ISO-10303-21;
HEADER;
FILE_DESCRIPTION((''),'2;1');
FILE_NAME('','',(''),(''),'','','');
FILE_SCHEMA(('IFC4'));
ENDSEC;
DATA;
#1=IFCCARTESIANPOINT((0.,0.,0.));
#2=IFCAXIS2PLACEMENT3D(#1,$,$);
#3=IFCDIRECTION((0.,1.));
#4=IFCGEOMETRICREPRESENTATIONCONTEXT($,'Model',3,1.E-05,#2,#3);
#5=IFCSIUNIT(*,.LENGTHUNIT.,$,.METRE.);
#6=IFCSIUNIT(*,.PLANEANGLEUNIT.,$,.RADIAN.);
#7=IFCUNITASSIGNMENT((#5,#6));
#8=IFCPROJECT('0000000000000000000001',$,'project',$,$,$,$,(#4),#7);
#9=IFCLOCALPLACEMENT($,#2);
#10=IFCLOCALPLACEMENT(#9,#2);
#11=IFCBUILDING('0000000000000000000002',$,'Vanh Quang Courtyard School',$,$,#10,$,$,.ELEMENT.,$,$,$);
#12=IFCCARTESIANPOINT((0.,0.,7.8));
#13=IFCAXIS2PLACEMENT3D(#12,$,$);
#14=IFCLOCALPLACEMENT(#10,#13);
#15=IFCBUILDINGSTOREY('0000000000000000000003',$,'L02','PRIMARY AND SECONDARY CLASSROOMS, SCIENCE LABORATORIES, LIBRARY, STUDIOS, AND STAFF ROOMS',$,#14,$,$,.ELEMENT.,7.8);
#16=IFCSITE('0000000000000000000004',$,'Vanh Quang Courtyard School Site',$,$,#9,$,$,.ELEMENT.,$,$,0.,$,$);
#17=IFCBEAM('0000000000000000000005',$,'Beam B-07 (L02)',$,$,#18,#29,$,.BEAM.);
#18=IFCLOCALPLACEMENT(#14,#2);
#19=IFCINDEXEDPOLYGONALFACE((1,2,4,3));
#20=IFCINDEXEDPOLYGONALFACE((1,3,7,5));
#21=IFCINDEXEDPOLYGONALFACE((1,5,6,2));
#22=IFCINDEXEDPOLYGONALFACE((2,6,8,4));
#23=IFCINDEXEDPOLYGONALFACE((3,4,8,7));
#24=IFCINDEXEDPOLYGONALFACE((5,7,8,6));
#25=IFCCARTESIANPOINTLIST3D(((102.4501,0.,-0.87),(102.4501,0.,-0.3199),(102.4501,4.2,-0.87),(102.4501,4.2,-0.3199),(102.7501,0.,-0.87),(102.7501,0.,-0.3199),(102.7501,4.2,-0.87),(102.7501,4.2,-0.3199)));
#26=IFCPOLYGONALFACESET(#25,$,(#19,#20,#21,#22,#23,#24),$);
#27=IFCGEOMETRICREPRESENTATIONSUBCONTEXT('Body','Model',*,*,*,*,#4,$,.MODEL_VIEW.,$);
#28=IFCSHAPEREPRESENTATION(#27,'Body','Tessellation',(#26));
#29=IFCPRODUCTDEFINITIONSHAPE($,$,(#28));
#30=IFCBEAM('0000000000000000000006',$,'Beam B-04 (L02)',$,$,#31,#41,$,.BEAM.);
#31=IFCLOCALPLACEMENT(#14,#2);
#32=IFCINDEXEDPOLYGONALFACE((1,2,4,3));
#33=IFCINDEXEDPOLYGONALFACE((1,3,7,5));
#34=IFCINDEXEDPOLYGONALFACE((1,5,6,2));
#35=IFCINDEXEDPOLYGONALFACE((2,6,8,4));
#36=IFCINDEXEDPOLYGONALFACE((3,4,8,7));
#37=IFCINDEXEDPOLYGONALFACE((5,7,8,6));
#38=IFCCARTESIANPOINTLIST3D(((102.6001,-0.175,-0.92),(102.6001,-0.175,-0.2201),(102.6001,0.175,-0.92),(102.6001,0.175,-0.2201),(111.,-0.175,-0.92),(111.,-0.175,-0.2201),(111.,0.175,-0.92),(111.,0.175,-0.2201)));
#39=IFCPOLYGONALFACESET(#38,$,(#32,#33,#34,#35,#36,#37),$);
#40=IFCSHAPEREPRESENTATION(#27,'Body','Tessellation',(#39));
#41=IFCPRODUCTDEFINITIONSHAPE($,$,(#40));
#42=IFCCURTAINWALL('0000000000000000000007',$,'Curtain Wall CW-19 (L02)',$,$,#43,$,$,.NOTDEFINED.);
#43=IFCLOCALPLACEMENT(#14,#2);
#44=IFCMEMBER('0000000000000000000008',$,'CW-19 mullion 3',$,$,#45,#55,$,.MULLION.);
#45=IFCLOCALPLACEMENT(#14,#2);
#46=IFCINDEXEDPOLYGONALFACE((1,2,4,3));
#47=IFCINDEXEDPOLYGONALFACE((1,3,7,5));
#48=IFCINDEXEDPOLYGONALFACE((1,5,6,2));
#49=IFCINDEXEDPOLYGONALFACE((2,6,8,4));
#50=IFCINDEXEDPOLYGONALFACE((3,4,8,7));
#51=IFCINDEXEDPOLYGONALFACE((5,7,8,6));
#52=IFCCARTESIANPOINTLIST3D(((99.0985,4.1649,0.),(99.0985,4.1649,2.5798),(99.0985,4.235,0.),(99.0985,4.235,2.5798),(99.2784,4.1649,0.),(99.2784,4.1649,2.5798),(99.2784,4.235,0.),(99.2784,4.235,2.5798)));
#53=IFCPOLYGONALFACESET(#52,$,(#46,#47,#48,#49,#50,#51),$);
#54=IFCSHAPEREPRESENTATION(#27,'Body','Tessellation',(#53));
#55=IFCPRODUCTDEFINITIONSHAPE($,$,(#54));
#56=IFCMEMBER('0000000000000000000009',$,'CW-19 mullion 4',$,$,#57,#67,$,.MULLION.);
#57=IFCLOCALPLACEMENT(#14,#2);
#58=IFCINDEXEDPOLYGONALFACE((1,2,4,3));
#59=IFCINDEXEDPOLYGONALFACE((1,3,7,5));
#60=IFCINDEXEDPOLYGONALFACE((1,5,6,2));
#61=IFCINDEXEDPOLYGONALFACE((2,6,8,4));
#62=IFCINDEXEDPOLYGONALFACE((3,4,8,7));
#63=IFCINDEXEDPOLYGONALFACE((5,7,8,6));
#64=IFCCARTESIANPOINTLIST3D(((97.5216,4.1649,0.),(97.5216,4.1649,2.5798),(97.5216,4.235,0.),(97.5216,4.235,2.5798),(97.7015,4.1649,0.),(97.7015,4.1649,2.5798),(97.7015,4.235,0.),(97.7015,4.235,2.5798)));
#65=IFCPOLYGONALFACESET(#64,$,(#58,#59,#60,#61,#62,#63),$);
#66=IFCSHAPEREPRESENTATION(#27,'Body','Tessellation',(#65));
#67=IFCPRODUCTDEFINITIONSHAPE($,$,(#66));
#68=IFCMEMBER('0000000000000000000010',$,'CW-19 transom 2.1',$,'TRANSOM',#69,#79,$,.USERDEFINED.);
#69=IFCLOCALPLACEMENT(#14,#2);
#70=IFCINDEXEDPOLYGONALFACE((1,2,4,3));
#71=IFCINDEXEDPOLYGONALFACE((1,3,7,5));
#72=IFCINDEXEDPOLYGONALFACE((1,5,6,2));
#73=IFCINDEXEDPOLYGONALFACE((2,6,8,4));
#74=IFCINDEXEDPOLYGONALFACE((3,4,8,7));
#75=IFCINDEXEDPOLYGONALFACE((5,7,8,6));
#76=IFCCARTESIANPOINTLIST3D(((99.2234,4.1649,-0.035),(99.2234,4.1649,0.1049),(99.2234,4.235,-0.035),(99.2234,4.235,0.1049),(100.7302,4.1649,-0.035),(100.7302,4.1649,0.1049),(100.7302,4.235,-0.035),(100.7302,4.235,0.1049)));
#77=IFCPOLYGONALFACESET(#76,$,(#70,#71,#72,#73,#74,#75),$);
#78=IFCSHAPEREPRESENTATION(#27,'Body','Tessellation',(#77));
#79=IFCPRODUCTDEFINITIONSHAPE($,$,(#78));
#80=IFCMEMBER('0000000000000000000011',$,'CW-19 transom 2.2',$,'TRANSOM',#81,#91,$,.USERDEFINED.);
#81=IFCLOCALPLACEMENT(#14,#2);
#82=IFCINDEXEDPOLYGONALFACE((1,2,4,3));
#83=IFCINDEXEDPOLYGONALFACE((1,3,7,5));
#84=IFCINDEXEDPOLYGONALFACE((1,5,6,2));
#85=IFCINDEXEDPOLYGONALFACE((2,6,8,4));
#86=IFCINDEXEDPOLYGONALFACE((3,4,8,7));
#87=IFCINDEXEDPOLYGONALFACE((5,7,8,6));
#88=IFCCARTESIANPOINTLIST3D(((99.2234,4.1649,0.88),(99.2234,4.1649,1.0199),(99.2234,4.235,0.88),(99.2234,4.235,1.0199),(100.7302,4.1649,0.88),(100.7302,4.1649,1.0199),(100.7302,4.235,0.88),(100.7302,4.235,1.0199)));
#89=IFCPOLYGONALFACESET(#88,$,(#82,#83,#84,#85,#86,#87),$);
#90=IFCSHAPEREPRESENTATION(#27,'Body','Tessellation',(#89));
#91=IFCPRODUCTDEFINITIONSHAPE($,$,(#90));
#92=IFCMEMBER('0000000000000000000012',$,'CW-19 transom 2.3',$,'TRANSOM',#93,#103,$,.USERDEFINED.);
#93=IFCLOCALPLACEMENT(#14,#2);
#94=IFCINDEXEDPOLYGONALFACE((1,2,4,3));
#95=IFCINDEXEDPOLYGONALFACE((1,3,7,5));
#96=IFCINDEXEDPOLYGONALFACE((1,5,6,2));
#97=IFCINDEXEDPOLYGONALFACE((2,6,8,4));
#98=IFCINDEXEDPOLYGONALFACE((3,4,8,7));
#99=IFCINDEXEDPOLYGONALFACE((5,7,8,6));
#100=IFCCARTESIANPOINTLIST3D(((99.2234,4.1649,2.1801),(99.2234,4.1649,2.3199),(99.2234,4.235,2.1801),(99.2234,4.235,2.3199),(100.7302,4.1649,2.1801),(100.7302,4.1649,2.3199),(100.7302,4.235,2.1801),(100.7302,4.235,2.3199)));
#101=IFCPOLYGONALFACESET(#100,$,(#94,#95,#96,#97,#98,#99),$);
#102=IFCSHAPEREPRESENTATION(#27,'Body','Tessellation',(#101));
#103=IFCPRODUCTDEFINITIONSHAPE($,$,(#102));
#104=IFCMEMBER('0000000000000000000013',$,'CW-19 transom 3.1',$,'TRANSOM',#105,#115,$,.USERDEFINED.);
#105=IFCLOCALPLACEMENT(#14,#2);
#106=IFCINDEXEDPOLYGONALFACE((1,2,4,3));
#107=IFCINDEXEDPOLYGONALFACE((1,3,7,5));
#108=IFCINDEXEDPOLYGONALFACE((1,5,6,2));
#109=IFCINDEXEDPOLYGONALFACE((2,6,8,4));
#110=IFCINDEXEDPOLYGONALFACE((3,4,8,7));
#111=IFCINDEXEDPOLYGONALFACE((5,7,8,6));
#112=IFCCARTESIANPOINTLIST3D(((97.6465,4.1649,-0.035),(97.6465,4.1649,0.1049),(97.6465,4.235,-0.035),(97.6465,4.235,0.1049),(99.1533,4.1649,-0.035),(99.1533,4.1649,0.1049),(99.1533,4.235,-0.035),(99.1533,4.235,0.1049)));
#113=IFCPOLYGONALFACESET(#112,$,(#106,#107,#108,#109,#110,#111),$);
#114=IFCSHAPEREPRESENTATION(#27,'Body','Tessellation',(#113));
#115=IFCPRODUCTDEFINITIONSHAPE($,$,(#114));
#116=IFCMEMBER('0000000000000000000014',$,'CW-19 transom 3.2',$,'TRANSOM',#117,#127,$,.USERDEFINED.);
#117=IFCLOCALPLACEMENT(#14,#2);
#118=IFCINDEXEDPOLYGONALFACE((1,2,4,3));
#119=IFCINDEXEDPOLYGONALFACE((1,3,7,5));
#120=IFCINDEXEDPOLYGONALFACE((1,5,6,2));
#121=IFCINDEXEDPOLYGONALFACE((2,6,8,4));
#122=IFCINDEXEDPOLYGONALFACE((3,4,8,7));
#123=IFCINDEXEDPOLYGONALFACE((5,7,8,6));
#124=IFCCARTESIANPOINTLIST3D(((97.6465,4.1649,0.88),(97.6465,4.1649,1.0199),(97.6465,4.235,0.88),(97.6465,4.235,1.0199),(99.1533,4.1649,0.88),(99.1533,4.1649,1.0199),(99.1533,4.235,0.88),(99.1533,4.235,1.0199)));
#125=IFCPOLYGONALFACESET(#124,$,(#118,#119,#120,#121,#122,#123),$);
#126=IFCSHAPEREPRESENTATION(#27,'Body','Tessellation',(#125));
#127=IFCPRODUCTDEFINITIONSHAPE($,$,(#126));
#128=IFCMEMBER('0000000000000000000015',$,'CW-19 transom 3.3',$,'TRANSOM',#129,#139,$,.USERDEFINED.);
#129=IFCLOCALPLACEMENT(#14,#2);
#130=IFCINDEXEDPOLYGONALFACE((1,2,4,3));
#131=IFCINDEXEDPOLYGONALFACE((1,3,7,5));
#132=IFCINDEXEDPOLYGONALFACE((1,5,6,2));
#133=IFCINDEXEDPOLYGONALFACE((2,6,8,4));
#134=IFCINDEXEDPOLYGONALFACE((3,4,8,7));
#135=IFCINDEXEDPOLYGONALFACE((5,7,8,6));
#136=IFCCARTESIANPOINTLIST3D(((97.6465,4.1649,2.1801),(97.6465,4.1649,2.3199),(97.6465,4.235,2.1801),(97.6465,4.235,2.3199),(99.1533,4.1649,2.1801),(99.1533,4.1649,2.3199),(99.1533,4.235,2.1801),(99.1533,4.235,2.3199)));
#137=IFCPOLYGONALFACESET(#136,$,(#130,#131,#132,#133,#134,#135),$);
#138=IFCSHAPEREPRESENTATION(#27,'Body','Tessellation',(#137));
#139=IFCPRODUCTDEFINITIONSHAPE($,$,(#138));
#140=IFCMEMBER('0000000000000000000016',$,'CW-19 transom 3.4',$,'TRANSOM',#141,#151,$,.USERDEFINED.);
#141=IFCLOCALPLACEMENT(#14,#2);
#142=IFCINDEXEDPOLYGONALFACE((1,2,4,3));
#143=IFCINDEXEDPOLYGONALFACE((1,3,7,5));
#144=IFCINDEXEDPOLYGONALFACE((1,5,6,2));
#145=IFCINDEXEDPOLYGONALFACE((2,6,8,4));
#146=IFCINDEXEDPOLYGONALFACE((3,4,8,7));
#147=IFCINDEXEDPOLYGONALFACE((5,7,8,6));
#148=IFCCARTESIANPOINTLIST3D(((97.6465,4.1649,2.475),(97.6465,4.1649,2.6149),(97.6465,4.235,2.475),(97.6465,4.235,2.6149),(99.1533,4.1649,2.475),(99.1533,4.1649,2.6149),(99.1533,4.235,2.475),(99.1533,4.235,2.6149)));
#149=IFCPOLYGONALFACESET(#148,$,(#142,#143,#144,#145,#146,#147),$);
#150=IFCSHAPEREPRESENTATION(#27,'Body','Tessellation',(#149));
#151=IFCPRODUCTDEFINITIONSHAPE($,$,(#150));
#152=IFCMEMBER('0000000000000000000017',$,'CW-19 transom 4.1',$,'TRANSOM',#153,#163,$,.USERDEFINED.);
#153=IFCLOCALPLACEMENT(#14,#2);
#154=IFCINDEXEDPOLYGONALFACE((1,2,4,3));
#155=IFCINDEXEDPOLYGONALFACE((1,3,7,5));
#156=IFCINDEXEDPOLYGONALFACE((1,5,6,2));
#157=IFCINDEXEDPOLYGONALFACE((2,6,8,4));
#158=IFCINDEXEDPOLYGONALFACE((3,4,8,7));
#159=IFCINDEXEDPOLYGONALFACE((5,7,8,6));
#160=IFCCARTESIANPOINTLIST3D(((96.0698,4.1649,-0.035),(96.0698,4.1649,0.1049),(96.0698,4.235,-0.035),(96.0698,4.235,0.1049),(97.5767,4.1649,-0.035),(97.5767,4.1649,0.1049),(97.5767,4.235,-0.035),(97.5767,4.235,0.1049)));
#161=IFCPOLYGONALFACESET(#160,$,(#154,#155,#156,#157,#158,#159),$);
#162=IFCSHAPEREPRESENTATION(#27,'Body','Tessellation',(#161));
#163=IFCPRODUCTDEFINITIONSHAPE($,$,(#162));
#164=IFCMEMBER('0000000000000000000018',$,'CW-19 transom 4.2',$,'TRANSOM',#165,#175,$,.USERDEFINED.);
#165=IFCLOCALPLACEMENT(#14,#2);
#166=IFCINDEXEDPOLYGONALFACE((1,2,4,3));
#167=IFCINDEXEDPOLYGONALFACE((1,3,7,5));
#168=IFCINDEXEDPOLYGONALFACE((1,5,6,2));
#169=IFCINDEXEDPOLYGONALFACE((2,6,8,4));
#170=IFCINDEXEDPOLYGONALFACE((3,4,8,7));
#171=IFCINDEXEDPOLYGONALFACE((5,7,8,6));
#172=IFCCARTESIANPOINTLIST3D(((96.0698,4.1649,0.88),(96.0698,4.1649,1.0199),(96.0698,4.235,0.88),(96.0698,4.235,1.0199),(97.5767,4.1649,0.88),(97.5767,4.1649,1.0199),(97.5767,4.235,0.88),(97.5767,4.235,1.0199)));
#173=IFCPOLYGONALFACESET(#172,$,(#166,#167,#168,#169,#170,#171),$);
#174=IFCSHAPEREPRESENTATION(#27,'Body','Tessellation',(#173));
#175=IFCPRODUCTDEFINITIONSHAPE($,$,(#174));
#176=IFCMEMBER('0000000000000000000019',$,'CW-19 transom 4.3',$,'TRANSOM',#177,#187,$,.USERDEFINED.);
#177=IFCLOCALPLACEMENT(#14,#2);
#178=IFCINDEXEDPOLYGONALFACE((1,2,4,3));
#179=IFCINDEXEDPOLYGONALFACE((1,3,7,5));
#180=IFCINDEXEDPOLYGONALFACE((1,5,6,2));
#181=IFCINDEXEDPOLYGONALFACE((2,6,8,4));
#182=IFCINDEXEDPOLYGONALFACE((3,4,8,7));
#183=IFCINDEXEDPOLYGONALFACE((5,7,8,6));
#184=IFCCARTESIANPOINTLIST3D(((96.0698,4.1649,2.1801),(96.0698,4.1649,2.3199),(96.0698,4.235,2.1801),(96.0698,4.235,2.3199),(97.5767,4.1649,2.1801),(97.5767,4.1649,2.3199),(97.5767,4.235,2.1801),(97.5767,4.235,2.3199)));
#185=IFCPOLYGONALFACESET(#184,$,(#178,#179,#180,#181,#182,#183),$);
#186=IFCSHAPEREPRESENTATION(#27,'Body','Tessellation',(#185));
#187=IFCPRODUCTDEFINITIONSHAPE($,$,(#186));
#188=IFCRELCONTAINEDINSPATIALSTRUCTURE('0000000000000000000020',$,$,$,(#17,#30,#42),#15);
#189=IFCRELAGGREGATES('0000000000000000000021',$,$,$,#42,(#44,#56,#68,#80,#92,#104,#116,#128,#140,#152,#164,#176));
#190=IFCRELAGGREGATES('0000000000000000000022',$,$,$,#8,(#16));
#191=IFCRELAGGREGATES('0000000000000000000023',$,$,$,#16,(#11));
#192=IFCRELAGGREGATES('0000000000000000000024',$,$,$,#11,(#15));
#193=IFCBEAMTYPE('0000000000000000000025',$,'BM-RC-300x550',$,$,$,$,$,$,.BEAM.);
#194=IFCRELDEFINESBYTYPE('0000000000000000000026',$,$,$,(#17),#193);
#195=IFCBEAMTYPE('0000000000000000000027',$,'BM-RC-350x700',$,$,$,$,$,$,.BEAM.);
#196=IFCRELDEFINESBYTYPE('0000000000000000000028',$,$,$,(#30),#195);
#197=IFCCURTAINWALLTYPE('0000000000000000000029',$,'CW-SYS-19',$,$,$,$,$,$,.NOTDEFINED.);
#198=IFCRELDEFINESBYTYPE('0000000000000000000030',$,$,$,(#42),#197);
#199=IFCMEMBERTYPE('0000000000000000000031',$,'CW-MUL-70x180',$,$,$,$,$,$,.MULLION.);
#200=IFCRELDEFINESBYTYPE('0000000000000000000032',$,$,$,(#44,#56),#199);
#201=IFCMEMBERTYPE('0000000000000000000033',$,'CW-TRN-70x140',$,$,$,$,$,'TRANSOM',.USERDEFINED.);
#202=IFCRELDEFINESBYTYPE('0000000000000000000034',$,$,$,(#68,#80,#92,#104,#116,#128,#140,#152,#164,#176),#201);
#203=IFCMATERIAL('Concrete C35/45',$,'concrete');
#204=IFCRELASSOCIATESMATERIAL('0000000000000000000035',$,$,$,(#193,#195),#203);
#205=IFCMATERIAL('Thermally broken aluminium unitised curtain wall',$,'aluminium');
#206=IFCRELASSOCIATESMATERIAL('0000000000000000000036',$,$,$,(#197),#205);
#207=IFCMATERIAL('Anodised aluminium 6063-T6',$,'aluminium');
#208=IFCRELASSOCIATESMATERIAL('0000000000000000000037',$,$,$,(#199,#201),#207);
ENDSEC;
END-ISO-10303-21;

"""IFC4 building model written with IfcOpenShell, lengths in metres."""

from ifc_helpers import new_model, si_unit, direction, frame, origin, origin_2d, place, context, subcontext, project, spatial, rectangle, extrude, material, material_profile, profile_set, type_object, element, aggregate, save


model = new_model("IFC4")

# Units and contexts
model_context = context("Model", 3, precision=1e-05, world=origin(), true_north=direction((0.0, 1.0)))
body_context = subcontext(model_context, "Body", "Model", "MODEL_VIEW")
ifc_project = project(units=[si_unit("LENGTHUNIT", "METRE"), si_unit("PLANEANGLEUNIT", "RADIAN")], contexts=[model_context])

# Site, building, storey
site_placement = place(None, origin())
site = spatial("IfcSite", under=ifc_project, at=site_placement, Name="Vanh Quang Courtyard School Site", CompositionType="ELEMENT", RefElevation=0.0)
building_placement = place(site_placement, origin())
building = spatial("IfcBuilding", under=site, at=building_placement, Name="Vanh Quang Courtyard School", CompositionType="ELEMENT")
storey_placement = place(building_placement, frame((0.0, 0.0, 7.8)))
storey = spatial("IfcBuildingStorey", under=building, at=storey_placement, Name="L02", Description="PRIMARY AND SECONDARY CLASSROOMS, SCIENCE LABORATORIES, LIBRARY, STUDIOS, AND STAFF ROOMS", CompositionType="ELEMENT", Elevation=7.8)

# Beams
ifc_material_1 = material(Name="Concrete C35/45", Category="concrete")
ifc_material_profile_1 = material_profile(ifc_material_1, rectangle(XDim=0.3, YDim=0.55, at=origin_2d()), Name="RC-BM 300x550")
ifc_profile_set_1 = profile_set([ifc_material_profile_1], Name="Concrete C35/45")
beam_type_1 = type_object("IfcBeamType", Name="BM-RC-300x550", PredefinedType="BEAM", material=ifc_profile_set_1)
beam_1_placement = place(storey_placement, frame((102.6001, 0.0, -0.595), z_axis=(0.0, 1.0, 0.0), x_axis=(-1.0, 0.0, 0.0)))
element("IfcBeam", 1, at=beam_1_placement, inside=storey, type_object=beam_type_1, Name="Beam B-07 (L02)", PredefinedType="BEAM", context=body_context, shape_type="SweptSolid", body=[
    extrude(rectangle(XDim=0.3, YDim=0.55, at=origin_2d()), origin(), (0.0, 0.0, 1.0), 4.2),
])
ifc_material_profile_2 = material_profile(ifc_material_1, rectangle(XDim=0.3501, YDim=0.7, at=origin_2d()), Name="RC-BM 350x700")
ifc_profile_set_2 = profile_set([ifc_material_profile_2], Name="Concrete C35/45")
beam_type_2 = type_object("IfcBeamType", Name="BM-RC-350x700", PredefinedType="BEAM", material=ifc_profile_set_2)
beam_2_placement = place(storey_placement, frame((102.6001, 0.0, -0.5701), z_axis=(1.0, 0.0, 0.0), x_axis=(0.0, 1.0, 0.0)))
element("IfcBeam", 2, at=beam_2_placement, inside=storey, type_object=beam_type_2, Name="Beam B-04 (L02)", PredefinedType="BEAM", context=body_context, shape_type="SweptSolid", body=[
    extrude(rectangle(XDim=0.3501, YDim=0.7, at=origin_2d()), origin(), (0.0, 0.0, 1.0), 8.3999),
])

# Curtain wall, members
ifc_material_2 = material(Name="Thermally broken aluminium unitised curtain wall", Category="aluminium")
curtain_wall_type = type_object("IfcCurtainWallType", Name="CW-SYS-19", PredefinedType="NOTDEFINED", material=ifc_material_2)
curtain_wall_placement = place(storey_placement, origin())
curtain_wall = element("IfcCurtainWall", 3, at=curtain_wall_placement, inside=storey, type_object=curtain_wall_type, Name="Curtain Wall CW-19 (L02)", PredefinedType="NOTDEFINED")
ifc_material_3 = material(Name="Anodised aluminium 6063-T6", Category="aluminium")
ifc_material_profile_3 = material_profile(ifc_material_3, rectangle(XDim=0.0701, YDim=0.1799, at=origin_2d()), Name="ALU-MUL 70x180")
ifc_profile_set_3 = profile_set([ifc_material_profile_3], Name="Anodised aluminium 6063-T6")
member_type_1 = type_object("IfcMemberType", Name="CW-MUL-70x180", PredefinedType="MULLION", material=ifc_profile_set_3)
member_1_placement = place(storey_placement, frame((99.1885, 4.2, 0.0), z_axis=(0.0, 0.0, 1.0), x_axis=(0.0, -1.0, 0.0)))
member_1 = element("IfcMember", 4, at=member_1_placement, type_object=member_type_1, Name="CW-19 mullion 3", PredefinedType="MULLION", context=body_context, shape_type="SweptSolid", body=[
    extrude(rectangle(XDim=0.0701, YDim=0.1799, at=origin_2d()), origin(), (0.0, 0.0, 1.0), 2.5798),
])
member_2_placement = place(storey_placement, frame((97.6116, 4.2, 0.0), z_axis=(0.0, 0.0, 1.0), x_axis=(0.0, -1.0, 0.0)))
member_2 = element("IfcMember", 5, at=member_2_placement, type_object=member_type_1, Name="CW-19 mullion 4", PredefinedType="MULLION", context=body_context, shape_type="SweptSolid", body=[
    extrude(rectangle(XDim=0.0701, YDim=0.1799, at=origin_2d()), origin(), (0.0, 0.0, 1.0), 2.5798),
])
ifc_material_profile_4 = material_profile(ifc_material_3, rectangle(XDim=0.0701, YDim=0.1399, at=origin_2d()), Name="ALU-TRN 70x140")
ifc_profile_set_4 = profile_set([ifc_material_profile_4], Name="Anodised aluminium 6063-T6")
member_type_2 = type_object("IfcMemberType", Name="CW-TRN-70x140", ElementType="TRANSOM", PredefinedType="USERDEFINED", material=ifc_profile_set_4)
member_3_placement = place(storey_placement, frame((100.7302, 4.2, 0.0349), z_axis=(-1.0, 0.0, 0.0), x_axis=(0.0, -1.0, 0.0)))
member_3 = element("IfcMember", 6, at=member_3_placement, type_object=member_type_2, Name="CW-19 transom 2.1", ObjectType="TRANSOM", PredefinedType="USERDEFINED", context=body_context, shape_type="SweptSolid", body=[
    extrude(rectangle(XDim=0.0701, YDim=0.1399, at=origin_2d()), origin(), (0.0, 0.0, 1.0), 1.5068),
])
member_4_placement = place(storey_placement, frame((100.7302, 4.2, 0.95), z_axis=(-1.0, 0.0, 0.0), x_axis=(0.0, -1.0, 0.0)))
member_4 = element("IfcMember", 7, at=member_4_placement, type_object=member_type_2, Name="CW-19 transom 2.2", ObjectType="TRANSOM", PredefinedType="USERDEFINED", context=body_context, shape_type="SweptSolid", body=[
    extrude(rectangle(XDim=0.0701, YDim=0.1399, at=origin_2d()), origin(), (0.0, 0.0, 1.0), 1.5068),
])
member_5_placement = place(storey_placement, frame((100.7302, 4.2, 2.25), z_axis=(-1.0, 0.0, 0.0), x_axis=(0.0, -1.0, 0.0)))
member_5 = element("IfcMember", 8, at=member_5_placement, type_object=member_type_2, Name="CW-19 transom 2.3", ObjectType="TRANSOM", PredefinedType="USERDEFINED", context=body_context, shape_type="SweptSolid", body=[
    extrude(rectangle(XDim=0.0701, YDim=0.1399, at=origin_2d()), origin(), (0.0, 0.0, 1.0), 1.5068),
])
member_6_placement = place(storey_placement, frame((99.1533, 4.2, 0.0349), z_axis=(-1.0, 0.0, 0.0), x_axis=(0.0, -1.0, 0.0)))
member_6 = element("IfcMember", 9, at=member_6_placement, type_object=member_type_2, Name="CW-19 transom 3.1", ObjectType="TRANSOM", PredefinedType="USERDEFINED", context=body_context, shape_type="SweptSolid", body=[
    extrude(rectangle(XDim=0.0701, YDim=0.1399, at=origin_2d()), origin(), (0.0, 0.0, 1.0), 1.5068),
])
member_7_placement = place(storey_placement, frame((99.1533, 4.2, 0.95), z_axis=(-1.0, 0.0, 0.0), x_axis=(0.0, -1.0, 0.0)))
member_7 = element("IfcMember", 10, at=member_7_placement, type_object=member_type_2, Name="CW-19 transom 3.2", ObjectType="TRANSOM", PredefinedType="USERDEFINED", context=body_context, shape_type="SweptSolid", body=[
    extrude(rectangle(XDim=0.0701, YDim=0.1399, at=origin_2d()), origin(), (0.0, 0.0, 1.0), 1.5068),
])
member_8_placement = place(storey_placement, frame((99.1533, 4.2, 2.25), z_axis=(-1.0, 0.0, 0.0), x_axis=(0.0, -1.0, 0.0)))
member_8 = element("IfcMember", 11, at=member_8_placement, type_object=member_type_2, Name="CW-19 transom 3.3", ObjectType="TRANSOM", PredefinedType="USERDEFINED", context=body_context, shape_type="SweptSolid", body=[
    extrude(rectangle(XDim=0.0701, YDim=0.1399, at=origin_2d()), origin(), (0.0, 0.0, 1.0), 1.5068),
])
member_9_placement = place(storey_placement, frame((99.1533, 4.2, 2.5449), z_axis=(-1.0, 0.0, 0.0), x_axis=(0.0, -1.0, 0.0)))
member_9 = element("IfcMember", 12, at=member_9_placement, type_object=member_type_2, Name="CW-19 transom 3.4", ObjectType="TRANSOM", PredefinedType="USERDEFINED", context=body_context, shape_type="SweptSolid", body=[
    extrude(rectangle(XDim=0.0701, YDim=0.1399, at=origin_2d()), origin(), (0.0, 0.0, 1.0), 1.5068),
])
member_10_placement = place(storey_placement, frame((97.5767, 4.2, 0.0349), z_axis=(-1.0, 0.0, 0.0), x_axis=(0.0, -1.0, 0.0)))
member_10 = element("IfcMember", 13, at=member_10_placement, type_object=member_type_2, Name="CW-19 transom 4.1", ObjectType="TRANSOM", PredefinedType="USERDEFINED", context=body_context, shape_type="SweptSolid", body=[
    extrude(rectangle(XDim=0.0701, YDim=0.1399, at=origin_2d()), origin(), (0.0, 0.0, 1.0), 1.5068),
])
member_11_placement = place(storey_placement, frame((97.5767, 4.2, 0.95), z_axis=(-1.0, 0.0, 0.0), x_axis=(0.0, -1.0, 0.0)))
member_11 = element("IfcMember", 14, at=member_11_placement, type_object=member_type_2, Name="CW-19 transom 4.2", ObjectType="TRANSOM", PredefinedType="USERDEFINED", context=body_context, shape_type="SweptSolid", body=[
    extrude(rectangle(XDim=0.0701, YDim=0.1399, at=origin_2d()), origin(), (0.0, 0.0, 1.0), 1.5068),
])
member_12_placement = place(storey_placement, frame((97.5767, 4.2, 2.25), z_axis=(-1.0, 0.0, 0.0), x_axis=(0.0, -1.0, 0.0)))
member_12 = element("IfcMember", 15, at=member_12_placement, type_object=member_type_2, Name="CW-19 transom 4.3", ObjectType="TRANSOM", PredefinedType="USERDEFINED", context=body_context, shape_type="SweptSolid", body=[
    extrude(rectangle(XDim=0.0701, YDim=0.1399, at=origin_2d()), origin(), (0.0, 0.0, 1.0), 1.5068),
])
aggregate(curtain_wall, [member_1, member_2, member_3, member_4, member_5, member_6, member_7, member_8, member_9, member_10, member_11, member_12])

save(model, "model.ifc")
